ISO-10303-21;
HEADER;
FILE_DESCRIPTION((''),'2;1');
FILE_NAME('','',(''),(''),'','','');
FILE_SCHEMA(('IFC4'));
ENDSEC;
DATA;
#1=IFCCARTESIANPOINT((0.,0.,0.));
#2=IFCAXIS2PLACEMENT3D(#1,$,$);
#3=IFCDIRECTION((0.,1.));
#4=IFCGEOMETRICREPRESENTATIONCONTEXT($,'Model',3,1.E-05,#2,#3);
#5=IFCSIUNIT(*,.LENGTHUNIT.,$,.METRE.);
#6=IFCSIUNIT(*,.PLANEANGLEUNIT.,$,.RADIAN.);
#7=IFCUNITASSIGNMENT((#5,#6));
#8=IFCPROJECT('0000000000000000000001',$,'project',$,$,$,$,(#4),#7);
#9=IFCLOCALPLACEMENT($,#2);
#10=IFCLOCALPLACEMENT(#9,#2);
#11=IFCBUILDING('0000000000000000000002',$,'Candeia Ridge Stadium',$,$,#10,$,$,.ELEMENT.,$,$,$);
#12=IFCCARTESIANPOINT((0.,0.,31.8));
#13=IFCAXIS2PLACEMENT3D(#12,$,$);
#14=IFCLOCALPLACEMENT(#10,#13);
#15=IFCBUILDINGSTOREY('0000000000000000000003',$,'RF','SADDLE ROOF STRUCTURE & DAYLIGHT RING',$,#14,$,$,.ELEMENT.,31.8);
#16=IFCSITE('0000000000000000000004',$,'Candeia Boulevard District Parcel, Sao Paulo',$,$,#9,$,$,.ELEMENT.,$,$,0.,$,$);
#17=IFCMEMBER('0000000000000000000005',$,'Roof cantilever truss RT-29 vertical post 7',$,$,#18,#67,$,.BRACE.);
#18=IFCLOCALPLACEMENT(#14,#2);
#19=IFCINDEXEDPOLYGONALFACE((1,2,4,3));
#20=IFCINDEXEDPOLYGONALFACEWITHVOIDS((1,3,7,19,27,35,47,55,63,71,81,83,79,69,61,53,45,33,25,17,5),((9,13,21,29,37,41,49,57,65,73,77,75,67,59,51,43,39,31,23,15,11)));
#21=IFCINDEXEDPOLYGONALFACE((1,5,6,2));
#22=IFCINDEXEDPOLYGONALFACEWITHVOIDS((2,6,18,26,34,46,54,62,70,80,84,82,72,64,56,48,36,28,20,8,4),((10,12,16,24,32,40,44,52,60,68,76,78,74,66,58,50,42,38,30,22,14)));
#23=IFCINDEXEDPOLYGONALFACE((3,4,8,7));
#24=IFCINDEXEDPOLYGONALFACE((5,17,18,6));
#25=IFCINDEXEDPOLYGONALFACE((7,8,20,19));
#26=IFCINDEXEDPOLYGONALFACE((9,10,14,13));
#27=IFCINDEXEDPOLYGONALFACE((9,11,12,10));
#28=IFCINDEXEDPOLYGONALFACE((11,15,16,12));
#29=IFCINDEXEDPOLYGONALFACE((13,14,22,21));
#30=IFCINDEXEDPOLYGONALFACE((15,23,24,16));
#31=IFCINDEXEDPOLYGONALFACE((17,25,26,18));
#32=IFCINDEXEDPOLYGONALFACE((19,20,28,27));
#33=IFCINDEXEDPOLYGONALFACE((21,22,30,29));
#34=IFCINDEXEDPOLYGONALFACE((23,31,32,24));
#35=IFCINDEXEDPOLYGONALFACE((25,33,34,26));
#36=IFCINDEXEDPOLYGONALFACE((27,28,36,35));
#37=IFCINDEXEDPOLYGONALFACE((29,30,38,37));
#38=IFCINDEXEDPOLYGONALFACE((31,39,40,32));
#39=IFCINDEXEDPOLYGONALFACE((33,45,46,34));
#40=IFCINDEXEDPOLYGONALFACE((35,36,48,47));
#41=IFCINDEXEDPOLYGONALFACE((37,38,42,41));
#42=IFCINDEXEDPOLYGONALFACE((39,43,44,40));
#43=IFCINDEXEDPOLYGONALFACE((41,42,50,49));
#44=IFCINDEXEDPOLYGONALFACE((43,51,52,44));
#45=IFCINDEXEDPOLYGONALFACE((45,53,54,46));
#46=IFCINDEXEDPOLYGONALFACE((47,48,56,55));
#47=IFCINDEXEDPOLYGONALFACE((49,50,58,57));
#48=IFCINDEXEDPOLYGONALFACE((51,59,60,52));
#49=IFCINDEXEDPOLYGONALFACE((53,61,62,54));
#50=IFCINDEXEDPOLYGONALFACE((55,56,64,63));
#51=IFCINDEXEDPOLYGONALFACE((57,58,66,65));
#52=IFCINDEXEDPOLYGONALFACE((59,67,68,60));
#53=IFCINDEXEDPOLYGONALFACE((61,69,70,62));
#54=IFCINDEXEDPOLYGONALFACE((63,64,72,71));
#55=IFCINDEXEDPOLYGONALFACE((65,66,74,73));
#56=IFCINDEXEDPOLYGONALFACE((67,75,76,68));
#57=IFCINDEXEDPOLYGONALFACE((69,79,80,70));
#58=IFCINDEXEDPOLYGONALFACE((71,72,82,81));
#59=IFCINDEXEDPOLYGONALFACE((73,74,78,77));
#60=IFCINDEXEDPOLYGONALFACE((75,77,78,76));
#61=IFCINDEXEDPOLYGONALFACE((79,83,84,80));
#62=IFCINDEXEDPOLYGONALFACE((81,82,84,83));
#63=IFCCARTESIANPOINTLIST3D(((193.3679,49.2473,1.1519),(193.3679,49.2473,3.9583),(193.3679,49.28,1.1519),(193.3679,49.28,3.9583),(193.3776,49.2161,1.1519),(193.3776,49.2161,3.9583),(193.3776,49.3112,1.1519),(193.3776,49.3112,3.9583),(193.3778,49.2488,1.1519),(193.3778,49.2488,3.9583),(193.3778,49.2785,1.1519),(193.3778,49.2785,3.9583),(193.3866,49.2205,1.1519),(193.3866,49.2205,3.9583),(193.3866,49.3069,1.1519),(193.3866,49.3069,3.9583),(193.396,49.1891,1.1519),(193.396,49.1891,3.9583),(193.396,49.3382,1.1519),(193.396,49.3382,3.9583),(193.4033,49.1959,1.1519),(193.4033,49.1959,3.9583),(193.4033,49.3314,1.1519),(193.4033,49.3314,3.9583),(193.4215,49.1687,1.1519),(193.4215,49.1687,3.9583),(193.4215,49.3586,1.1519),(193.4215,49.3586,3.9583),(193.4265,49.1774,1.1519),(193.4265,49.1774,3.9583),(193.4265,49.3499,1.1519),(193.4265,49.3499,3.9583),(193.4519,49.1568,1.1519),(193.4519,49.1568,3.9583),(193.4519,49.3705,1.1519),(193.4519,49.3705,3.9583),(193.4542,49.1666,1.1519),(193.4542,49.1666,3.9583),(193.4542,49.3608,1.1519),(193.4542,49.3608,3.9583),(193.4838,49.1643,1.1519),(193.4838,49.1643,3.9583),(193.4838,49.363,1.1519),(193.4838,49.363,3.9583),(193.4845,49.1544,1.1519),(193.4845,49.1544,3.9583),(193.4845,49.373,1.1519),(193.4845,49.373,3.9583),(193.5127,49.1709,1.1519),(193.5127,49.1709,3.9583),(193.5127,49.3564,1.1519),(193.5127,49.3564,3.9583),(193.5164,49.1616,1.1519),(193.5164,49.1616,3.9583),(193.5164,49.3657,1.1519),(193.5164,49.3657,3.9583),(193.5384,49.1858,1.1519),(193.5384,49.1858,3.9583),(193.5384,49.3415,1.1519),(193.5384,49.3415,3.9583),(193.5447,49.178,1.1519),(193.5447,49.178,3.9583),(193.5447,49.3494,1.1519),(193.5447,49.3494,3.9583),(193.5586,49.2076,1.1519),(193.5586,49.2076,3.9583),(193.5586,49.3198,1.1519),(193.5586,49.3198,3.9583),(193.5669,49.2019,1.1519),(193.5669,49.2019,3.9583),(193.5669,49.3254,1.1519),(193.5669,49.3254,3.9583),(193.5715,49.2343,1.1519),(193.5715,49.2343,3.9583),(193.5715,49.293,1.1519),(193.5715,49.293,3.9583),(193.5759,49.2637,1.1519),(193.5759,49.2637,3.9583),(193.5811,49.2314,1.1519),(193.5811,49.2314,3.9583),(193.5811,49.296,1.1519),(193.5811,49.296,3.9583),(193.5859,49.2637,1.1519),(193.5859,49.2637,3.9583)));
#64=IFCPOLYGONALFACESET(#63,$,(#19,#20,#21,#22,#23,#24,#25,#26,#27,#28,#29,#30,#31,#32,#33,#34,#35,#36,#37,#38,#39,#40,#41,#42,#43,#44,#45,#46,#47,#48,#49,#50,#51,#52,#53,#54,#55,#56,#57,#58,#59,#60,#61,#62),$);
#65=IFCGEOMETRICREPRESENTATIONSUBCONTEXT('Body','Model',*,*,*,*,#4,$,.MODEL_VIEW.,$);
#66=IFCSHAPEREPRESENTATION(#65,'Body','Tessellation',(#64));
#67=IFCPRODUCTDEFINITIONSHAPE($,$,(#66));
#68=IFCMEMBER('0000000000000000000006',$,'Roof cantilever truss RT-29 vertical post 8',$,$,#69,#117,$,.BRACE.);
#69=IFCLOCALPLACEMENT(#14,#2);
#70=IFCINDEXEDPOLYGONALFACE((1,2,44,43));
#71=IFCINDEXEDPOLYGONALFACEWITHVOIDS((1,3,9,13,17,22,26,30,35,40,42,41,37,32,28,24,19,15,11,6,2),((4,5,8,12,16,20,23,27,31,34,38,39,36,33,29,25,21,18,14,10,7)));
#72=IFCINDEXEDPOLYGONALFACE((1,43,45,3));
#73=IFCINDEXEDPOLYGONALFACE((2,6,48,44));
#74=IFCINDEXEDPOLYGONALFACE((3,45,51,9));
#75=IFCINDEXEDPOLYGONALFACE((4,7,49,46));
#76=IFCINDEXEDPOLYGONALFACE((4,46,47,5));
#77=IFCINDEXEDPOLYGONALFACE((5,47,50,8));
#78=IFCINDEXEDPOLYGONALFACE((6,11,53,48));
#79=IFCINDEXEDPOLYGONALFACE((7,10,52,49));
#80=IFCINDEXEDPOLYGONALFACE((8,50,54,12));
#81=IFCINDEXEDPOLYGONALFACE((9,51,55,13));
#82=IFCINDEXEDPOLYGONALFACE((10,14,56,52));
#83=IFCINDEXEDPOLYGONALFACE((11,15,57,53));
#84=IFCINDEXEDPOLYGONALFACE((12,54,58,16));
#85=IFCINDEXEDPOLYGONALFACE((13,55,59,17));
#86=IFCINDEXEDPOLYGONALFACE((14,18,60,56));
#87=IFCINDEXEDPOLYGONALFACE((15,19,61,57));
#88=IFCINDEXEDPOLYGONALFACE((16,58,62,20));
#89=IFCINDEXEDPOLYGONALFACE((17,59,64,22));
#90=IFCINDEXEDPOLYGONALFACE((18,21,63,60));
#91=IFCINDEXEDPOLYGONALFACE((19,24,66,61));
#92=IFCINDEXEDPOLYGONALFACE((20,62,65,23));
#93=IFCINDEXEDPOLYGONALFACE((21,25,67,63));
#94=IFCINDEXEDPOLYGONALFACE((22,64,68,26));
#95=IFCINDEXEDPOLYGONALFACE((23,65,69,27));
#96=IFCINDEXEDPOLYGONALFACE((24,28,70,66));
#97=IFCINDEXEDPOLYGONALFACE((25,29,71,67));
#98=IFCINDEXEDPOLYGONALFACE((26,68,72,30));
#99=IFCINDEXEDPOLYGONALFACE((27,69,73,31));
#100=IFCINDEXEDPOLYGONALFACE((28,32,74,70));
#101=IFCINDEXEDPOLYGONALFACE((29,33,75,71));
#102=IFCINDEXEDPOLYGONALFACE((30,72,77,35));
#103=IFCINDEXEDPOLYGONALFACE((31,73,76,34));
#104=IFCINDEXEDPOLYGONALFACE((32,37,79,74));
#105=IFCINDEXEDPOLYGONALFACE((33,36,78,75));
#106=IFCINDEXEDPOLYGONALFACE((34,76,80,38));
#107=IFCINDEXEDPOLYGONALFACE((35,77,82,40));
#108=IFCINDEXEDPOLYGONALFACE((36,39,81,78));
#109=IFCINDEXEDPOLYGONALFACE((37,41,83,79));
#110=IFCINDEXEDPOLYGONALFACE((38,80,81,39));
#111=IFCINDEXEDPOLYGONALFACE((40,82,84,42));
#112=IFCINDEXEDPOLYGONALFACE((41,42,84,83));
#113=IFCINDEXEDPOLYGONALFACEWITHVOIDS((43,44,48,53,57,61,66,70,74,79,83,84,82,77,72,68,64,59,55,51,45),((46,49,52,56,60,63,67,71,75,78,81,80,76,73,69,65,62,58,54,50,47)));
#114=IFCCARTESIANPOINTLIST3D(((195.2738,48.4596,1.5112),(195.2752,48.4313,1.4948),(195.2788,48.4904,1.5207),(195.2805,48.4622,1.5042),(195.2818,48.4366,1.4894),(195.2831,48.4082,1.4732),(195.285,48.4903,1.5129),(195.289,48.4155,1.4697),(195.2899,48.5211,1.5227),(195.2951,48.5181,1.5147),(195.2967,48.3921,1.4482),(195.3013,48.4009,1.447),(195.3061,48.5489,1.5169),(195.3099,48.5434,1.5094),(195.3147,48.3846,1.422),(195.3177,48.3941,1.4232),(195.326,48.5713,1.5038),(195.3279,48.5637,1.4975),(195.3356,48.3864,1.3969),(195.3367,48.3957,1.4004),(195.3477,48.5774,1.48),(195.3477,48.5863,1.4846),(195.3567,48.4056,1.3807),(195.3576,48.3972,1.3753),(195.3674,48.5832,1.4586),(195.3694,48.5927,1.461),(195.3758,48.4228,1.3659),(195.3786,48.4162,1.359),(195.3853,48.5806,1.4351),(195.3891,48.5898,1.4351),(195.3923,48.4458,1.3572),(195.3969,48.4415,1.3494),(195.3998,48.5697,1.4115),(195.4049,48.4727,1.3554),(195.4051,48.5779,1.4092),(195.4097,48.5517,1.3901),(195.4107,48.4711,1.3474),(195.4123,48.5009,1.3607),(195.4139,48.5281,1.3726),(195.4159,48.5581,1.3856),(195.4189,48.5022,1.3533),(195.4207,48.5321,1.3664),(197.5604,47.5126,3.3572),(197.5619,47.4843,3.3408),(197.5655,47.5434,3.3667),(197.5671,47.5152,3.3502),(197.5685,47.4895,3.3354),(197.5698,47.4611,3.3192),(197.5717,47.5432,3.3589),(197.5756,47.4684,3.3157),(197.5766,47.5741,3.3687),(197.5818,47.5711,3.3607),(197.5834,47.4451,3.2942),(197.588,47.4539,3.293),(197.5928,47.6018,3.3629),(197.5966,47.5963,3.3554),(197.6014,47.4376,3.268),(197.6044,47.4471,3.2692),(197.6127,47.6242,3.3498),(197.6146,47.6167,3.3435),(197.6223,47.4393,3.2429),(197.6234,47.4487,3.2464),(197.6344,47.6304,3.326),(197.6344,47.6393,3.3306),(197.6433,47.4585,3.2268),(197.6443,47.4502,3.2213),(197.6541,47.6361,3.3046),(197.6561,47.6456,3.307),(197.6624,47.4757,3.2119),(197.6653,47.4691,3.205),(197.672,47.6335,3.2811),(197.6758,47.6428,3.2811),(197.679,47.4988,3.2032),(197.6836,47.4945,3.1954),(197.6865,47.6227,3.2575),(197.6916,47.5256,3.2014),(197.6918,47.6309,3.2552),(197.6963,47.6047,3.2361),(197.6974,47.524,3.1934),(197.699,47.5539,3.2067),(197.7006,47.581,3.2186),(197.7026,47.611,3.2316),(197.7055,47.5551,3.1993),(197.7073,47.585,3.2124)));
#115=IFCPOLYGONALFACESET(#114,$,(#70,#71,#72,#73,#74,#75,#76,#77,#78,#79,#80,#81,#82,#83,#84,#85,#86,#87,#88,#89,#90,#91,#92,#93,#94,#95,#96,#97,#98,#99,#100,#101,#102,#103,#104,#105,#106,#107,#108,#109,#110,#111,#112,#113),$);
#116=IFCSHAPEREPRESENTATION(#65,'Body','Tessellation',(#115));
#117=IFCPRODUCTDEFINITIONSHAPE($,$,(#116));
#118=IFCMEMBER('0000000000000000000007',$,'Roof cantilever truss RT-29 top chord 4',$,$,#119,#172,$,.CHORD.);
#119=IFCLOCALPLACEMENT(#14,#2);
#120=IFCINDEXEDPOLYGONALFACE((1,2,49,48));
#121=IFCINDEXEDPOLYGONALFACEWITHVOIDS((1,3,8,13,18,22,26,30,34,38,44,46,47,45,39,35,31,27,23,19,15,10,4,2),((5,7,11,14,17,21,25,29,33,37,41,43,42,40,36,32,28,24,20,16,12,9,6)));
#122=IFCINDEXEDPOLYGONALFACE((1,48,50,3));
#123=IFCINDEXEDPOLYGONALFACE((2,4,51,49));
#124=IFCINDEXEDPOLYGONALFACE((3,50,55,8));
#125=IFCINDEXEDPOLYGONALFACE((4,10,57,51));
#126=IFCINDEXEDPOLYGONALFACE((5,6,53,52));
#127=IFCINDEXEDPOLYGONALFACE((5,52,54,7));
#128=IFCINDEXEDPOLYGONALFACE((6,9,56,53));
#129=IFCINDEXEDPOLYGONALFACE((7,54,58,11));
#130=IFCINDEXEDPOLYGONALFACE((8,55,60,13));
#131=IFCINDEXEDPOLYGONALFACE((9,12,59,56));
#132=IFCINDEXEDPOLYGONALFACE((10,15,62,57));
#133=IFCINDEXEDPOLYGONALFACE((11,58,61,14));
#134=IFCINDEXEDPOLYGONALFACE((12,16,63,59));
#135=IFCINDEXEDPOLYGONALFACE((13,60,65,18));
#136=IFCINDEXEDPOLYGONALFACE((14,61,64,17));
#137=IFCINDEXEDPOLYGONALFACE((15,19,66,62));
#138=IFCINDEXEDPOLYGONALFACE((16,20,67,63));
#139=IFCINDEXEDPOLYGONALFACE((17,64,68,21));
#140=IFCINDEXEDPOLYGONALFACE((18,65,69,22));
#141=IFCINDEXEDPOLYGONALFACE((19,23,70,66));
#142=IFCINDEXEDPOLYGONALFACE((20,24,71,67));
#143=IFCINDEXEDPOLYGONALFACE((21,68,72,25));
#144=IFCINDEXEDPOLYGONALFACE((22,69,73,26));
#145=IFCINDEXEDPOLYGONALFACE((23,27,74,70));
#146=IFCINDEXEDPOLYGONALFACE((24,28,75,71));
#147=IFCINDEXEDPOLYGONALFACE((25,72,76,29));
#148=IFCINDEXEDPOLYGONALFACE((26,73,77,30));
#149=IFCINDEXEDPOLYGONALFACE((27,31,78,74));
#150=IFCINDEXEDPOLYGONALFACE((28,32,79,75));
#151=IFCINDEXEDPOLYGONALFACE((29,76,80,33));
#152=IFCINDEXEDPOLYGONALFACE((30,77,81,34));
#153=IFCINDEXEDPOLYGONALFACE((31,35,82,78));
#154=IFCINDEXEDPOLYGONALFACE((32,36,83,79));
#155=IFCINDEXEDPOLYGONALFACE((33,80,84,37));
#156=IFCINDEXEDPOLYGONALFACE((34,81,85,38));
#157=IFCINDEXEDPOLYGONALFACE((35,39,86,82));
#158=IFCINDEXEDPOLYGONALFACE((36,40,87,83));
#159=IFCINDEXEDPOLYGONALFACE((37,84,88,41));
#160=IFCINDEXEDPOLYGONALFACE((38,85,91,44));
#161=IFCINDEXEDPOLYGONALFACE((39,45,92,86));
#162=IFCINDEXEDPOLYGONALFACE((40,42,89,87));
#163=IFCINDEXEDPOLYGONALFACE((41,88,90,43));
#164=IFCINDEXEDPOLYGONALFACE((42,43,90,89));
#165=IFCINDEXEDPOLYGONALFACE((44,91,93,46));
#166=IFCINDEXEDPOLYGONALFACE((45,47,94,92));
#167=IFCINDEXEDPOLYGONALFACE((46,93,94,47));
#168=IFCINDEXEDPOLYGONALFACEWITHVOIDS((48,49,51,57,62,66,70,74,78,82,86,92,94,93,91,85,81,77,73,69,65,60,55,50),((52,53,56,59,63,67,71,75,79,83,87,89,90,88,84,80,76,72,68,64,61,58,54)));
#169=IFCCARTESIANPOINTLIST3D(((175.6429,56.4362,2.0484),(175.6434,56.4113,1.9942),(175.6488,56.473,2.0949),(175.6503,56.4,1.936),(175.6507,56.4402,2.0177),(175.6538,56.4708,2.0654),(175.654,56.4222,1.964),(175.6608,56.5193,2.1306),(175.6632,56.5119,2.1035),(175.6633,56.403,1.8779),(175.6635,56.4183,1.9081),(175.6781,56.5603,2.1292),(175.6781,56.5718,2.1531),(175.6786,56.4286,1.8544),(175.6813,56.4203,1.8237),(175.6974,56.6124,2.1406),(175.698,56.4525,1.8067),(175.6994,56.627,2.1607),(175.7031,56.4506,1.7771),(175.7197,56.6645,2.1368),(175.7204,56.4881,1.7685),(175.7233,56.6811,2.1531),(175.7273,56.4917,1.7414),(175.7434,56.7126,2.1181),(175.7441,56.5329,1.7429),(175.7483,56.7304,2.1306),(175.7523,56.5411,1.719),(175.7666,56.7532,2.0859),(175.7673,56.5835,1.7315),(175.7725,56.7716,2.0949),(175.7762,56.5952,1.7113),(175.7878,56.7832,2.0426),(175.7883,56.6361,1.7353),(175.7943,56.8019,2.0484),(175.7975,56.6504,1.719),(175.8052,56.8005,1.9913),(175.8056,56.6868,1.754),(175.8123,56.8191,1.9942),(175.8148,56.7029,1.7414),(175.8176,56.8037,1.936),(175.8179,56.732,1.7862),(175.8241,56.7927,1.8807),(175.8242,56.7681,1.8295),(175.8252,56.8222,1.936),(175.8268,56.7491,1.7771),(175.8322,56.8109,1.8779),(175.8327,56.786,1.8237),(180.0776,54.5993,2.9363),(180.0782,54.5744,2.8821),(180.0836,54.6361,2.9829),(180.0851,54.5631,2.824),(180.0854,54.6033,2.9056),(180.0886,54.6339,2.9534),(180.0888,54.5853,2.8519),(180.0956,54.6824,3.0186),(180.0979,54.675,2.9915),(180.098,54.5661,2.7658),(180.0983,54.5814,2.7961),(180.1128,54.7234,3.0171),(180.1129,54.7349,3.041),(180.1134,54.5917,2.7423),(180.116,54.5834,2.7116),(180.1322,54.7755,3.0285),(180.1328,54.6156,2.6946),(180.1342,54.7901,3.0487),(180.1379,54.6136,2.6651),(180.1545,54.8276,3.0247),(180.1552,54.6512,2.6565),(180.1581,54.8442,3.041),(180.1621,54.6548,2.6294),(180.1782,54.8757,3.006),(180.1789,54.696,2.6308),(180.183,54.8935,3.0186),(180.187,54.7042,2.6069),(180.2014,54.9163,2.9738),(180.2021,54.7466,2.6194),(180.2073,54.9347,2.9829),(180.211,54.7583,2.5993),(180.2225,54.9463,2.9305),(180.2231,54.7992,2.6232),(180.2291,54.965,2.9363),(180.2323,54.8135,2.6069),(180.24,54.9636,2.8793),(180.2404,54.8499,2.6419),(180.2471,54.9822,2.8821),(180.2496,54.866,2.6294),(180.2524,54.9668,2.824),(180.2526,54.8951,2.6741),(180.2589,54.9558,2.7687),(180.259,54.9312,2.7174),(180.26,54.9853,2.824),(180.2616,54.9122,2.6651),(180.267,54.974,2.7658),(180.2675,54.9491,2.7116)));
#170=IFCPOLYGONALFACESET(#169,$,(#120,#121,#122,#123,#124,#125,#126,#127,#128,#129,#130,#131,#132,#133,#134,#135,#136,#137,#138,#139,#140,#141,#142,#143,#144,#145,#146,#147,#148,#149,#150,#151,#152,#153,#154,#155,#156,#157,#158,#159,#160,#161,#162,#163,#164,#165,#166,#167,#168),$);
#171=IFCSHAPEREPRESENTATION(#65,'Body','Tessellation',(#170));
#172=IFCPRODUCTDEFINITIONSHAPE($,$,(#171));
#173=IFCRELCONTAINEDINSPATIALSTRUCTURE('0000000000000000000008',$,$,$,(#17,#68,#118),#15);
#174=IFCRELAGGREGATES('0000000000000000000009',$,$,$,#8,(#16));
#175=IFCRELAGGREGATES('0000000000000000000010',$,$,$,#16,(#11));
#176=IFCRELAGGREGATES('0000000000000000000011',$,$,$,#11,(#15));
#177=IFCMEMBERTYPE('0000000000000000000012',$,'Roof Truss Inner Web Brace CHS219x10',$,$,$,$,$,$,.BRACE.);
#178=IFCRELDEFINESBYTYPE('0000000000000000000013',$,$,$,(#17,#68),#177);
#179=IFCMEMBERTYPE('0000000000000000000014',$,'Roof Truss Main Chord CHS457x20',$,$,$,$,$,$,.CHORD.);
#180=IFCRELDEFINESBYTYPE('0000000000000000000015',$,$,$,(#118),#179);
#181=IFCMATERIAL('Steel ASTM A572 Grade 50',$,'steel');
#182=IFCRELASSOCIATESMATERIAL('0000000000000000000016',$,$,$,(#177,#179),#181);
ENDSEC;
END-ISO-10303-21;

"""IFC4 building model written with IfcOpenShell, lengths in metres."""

from ifc_helpers import new_model, si_unit, direction, frame, origin, origin_2d, place, context, subcontext, project, spatial, hollow_circle, extrude, material, material_profile, profile_set, type_object, element, save


model = new_model("IFC4")

# Units and contexts
model_context = context("Model", 3, precision=1e-05, world=origin(), true_north=direction((0.0, 1.0)))
body_context = subcontext(model_context, "Body", "Model", "MODEL_VIEW")
ifc_project = project(units=[si_unit("LENGTHUNIT", "METRE"), si_unit("PLANEANGLEUNIT", "RADIAN")], contexts=[model_context])

# Site, building, storey
site_placement = place(None, origin())
site = spatial("IfcSite", under=ifc_project, at=site_placement, Name="Candeia Boulevard District Parcel, Sao Paulo", CompositionType="ELEMENT", RefElevation=0.0)
building_placement = place(site_placement, origin())
building = spatial("IfcBuilding", under=site, at=building_placement, Name="Candeia Ridge Stadium", CompositionType="ELEMENT")
storey_placement = place(building_placement, frame((0.0, 0.0, 31.8)))
storey = spatial("IfcBuildingStorey", under=building, at=storey_placement, Name="RF", Description="SADDLE ROOF STRUCTURE & DAYLIGHT RING", CompositionType="ELEMENT", Elevation=31.8)

# Shared definitions
ifc_material = material(Name="Steel ASTM A572 Grade 50", Category="steel")

# Members
ifc_material_profile_1 = material_profile(ifc_material, hollow_circle(Radius=0.1096, WallThickness=0.01, at=origin_2d()), Name="CHS219x10", Category="steel")
ifc_profile_set_1 = profile_set([ifc_material_profile_1], Name="Steel ASTM A572 Grade 50")
member_type_1 = type_object("IfcMemberType", Name="Roof Truss Inner Web Brace CHS219x10", PredefinedType="BRACE", material=ifc_profile_set_1)
member_1_placement = place(storey_placement, frame((193.4763, 49.2637, 1.1519), z_axis=(0.0, 0.0, 1.0), x_axis=(1.0, 0.0, 0.0)))
element("IfcMember", 1, at=member_1_placement, inside=storey, type_object=member_type_1, Name="Roof cantilever truss RT-29 vertical post 7", PredefinedType="BRACE", context=body_context, shape_type="SweptSolid", body=[
    extrude(hollow_circle(Radius=0.1096, WallThickness=0.01, at=origin_2d()), origin(), (0.0, 0.0, 1.0), 2.8064),
])
member_2_placement = place(storey_placement, frame((195.3472, 48.4885, 1.4351), z_axis=(0.740592, -0.306722, 0.597867), x_axis=(0.382639, 0.923898, 0.0)))
element("IfcMember", 2, at=member_2_placement, inside=storey, type_object=member_type_1, Name="Roof cantilever truss RT-29 vertical post 8", PredefinedType="BRACE", context=body_context, shape_type="SweptSolid", body=[
    extrude(hollow_circle(Radius=0.1096, WallThickness=0.01, at=origin_2d()), origin(), (0.0, 0.0, 1.0), 3.0876),
])
ifc_material_profile_2 = material_profile(ifc_material, hollow_circle(Radius=0.2285, WallThickness=0.02, at=origin_2d()), Name="CHS457x20", Category="steel")
ifc_profile_set_2 = profile_set([ifc_material_profile_2], Name="Steel ASTM A572 Grade 50")
member_type_2 = type_object("IfcMemberType", Name="Roof Truss Main Chord CHS457x20", PredefinedType="CHORD", material=ifc_profile_set_2)
member_3_placement = place(storey_placement, frame((175.7378, 56.6111, 1.936), z_axis=(0.908471, -0.376291, 0.181894), x_axis=(0.382675, 0.923883, 0.0)))
element("IfcMember", 3, at=member_3_placement, inside=storey, type_object=member_type_2, Name="Roof cantilever truss RT-29 top chord 4", PredefinedType="CHORD", context=body_context, shape_type="SweptSolid", body=[
    extrude(hollow_circle(Radius=0.2285, WallThickness=0.02, at=origin_2d()), origin(), (0.0, 0.0, 1.0), 4.8816),
])

save(model, "model.ifc")
